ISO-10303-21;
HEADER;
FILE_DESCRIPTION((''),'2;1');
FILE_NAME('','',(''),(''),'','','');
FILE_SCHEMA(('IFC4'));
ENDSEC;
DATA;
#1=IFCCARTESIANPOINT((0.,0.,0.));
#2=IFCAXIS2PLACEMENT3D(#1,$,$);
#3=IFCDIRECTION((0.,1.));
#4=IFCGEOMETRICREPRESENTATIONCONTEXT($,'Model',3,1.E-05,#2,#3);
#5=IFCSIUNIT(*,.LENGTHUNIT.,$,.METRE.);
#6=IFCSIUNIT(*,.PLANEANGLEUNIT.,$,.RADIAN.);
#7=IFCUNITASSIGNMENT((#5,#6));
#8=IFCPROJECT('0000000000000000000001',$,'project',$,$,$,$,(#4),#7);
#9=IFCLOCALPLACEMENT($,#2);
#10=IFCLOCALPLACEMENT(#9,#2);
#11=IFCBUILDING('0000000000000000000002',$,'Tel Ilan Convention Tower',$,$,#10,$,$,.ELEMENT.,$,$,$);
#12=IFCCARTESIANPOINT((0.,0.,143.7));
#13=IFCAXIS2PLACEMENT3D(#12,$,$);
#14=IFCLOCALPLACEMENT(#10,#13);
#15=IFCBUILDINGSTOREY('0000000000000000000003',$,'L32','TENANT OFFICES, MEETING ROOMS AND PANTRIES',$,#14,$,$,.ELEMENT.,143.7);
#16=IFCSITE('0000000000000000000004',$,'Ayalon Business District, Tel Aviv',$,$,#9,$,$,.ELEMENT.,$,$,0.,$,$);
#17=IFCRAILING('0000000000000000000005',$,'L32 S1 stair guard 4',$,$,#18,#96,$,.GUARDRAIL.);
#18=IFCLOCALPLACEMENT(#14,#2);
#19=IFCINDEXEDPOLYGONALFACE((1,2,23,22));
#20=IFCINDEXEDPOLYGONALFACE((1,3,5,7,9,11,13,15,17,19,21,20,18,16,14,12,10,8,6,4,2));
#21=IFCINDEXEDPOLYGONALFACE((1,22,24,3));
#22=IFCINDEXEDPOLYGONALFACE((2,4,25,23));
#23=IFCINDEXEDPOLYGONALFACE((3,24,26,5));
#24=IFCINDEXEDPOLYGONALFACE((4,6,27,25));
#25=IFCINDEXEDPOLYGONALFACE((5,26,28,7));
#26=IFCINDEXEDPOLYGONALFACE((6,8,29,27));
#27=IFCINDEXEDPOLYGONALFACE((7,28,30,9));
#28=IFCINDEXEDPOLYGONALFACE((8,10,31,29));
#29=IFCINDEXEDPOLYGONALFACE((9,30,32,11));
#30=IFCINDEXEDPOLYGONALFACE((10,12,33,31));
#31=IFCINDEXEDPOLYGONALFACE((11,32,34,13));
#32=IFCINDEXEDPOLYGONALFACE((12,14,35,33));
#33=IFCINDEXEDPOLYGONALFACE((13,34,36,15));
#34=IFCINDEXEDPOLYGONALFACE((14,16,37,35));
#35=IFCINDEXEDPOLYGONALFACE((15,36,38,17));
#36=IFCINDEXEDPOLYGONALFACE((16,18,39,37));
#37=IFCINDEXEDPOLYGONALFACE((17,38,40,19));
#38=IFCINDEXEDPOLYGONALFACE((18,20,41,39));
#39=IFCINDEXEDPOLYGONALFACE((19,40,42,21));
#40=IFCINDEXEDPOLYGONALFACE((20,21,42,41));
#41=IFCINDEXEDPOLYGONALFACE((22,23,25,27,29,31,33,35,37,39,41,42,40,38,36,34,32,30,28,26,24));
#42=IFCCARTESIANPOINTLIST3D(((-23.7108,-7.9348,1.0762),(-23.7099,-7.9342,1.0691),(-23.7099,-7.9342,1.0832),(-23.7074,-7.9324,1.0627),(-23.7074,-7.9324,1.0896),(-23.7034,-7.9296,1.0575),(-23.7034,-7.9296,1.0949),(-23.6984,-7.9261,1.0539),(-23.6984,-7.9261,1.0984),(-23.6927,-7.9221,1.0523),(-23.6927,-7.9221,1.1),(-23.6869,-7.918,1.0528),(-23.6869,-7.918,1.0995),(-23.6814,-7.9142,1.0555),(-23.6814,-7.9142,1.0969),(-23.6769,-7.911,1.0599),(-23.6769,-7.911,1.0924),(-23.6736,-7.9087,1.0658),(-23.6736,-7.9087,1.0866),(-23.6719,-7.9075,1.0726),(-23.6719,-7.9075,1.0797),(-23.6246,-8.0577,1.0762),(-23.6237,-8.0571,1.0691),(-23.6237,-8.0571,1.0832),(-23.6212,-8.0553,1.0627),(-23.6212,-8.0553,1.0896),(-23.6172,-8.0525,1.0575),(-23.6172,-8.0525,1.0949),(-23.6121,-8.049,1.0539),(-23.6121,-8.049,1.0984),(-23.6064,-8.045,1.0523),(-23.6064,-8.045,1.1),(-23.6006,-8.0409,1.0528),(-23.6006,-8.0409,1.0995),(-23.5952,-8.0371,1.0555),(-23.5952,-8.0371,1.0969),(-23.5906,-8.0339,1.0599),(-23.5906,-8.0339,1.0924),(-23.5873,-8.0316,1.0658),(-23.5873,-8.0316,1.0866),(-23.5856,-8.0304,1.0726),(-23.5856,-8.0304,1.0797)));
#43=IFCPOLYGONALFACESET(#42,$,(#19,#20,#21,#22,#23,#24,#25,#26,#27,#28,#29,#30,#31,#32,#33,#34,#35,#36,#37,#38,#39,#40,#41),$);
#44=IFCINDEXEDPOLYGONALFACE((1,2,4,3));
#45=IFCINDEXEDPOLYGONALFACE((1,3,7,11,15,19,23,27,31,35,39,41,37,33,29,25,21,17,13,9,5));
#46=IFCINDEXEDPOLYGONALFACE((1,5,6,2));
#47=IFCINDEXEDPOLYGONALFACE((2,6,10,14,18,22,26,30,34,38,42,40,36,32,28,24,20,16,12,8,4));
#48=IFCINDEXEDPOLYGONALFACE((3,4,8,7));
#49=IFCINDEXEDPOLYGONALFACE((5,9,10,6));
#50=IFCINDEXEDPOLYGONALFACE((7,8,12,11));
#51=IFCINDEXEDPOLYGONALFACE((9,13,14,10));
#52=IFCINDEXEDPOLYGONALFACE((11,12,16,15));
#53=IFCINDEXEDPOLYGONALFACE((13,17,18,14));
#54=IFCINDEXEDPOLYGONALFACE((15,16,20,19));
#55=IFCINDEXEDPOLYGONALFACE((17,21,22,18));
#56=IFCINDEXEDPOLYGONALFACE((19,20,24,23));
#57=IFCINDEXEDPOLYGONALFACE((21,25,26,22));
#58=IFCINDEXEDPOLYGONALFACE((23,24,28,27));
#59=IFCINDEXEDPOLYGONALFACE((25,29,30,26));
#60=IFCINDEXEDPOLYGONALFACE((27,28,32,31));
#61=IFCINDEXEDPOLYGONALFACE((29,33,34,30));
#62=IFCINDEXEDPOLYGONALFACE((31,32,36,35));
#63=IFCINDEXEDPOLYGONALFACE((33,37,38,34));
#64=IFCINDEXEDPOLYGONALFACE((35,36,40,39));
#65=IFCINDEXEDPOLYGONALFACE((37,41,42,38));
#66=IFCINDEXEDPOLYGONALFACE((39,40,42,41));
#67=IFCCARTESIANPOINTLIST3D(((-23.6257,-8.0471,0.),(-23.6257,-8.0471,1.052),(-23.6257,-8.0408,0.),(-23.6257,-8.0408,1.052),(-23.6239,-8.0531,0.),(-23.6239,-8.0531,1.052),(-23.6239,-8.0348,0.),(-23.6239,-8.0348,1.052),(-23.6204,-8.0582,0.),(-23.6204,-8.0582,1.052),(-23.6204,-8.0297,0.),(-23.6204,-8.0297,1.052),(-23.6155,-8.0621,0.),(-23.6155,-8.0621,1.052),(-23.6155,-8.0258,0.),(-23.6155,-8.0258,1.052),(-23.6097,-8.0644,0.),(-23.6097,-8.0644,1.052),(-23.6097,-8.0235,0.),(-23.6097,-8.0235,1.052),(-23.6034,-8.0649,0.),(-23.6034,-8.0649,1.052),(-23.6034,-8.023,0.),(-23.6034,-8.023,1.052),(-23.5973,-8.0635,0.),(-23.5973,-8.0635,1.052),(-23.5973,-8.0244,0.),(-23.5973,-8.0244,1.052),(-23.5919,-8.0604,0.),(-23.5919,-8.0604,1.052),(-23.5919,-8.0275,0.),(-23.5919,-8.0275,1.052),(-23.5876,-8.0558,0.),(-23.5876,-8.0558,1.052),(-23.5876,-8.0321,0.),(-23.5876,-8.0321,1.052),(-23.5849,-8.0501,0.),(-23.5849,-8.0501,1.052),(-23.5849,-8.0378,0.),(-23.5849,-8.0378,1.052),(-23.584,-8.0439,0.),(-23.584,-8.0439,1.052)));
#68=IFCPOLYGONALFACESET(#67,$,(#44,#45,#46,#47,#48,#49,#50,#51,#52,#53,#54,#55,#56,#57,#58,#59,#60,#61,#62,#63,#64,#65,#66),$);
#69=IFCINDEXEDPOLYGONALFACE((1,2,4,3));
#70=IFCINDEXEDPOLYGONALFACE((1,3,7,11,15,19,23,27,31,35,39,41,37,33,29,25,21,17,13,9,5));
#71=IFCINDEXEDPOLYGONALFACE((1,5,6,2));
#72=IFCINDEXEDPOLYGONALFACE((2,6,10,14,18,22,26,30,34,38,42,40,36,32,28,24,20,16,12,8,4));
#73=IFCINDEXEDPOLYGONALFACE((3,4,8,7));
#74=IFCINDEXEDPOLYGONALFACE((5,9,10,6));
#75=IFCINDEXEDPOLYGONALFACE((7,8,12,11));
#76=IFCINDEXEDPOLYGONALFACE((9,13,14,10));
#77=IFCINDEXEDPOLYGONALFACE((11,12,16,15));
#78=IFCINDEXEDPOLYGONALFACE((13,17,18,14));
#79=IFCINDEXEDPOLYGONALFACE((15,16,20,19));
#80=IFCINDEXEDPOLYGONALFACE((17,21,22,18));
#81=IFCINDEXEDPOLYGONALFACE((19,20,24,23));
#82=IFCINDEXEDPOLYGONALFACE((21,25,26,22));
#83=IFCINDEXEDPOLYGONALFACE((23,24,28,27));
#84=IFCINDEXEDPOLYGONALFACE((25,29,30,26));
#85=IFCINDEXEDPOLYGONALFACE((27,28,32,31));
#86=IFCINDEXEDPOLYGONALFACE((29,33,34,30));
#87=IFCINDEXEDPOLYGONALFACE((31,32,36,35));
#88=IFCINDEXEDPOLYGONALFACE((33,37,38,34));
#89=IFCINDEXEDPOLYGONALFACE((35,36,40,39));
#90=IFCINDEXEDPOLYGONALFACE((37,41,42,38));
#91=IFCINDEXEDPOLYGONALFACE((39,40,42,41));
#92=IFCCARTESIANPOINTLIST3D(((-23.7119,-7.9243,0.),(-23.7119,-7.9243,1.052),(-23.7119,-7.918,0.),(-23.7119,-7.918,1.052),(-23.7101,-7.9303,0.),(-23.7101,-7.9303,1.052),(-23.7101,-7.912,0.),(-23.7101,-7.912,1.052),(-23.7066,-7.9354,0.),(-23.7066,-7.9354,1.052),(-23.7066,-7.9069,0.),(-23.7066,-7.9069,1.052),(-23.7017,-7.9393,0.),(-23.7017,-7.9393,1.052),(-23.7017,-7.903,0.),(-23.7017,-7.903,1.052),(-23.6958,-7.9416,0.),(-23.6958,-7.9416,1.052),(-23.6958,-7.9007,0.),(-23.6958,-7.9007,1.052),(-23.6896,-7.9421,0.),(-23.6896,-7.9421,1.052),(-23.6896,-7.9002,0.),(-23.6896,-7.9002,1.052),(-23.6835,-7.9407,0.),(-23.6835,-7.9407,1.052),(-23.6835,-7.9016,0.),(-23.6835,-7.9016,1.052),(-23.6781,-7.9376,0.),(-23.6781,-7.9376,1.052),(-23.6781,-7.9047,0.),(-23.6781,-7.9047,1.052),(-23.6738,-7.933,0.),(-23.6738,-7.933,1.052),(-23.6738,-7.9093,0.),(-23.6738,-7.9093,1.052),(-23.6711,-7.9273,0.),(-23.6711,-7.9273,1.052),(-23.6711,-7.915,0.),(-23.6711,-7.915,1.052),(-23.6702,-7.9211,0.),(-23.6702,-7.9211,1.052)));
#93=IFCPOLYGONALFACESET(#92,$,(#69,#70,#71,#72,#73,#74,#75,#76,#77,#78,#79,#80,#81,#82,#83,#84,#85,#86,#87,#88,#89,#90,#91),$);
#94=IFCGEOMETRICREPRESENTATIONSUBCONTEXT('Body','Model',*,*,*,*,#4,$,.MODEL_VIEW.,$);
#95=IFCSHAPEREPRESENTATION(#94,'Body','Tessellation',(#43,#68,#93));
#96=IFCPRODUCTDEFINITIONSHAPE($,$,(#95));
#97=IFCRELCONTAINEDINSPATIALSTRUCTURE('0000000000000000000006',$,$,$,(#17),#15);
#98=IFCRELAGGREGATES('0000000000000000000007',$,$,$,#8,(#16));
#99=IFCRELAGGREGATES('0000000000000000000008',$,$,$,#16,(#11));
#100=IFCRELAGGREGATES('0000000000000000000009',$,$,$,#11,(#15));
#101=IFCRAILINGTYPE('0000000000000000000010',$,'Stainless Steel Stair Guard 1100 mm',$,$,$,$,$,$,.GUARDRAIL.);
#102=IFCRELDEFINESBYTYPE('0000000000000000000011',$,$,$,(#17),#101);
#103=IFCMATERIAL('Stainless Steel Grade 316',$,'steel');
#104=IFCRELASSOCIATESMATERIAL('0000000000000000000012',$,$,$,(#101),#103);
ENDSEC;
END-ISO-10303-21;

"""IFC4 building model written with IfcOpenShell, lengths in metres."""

from ifc_helpers import new_model, si_unit, direction, frame, origin, origin_2d, place, context, subcontext, project, spatial, circle, extrude, material, type_object, element, save


model = new_model("IFC4")

# Units and contexts
model_context = context("Model", 3, precision=1e-05, world=origin(), true_north=direction((0.0, 1.0)))
body_context = subcontext(model_context, "Body", "Model", "MODEL_VIEW")
ifc_project = project(units=[si_unit("LENGTHUNIT", "METRE"), si_unit("PLANEANGLEUNIT", "RADIAN")], contexts=[model_context])

# Site, building, storey
site_placement = place(None, origin())
site = spatial("IfcSite", under=ifc_project, at=site_placement, Name="Ayalon Business District, Tel Aviv", CompositionType="ELEMENT", RefElevation=0.0)
building_placement = place(site_placement, origin())
building = spatial("IfcBuilding", under=site, at=building_placement, Name="Tel Ilan Convention Tower", CompositionType="ELEMENT")
storey_placement = place(building_placement, frame((0.0, 0.0, 143.7)))
storey = spatial("IfcBuildingStorey", under=building, at=storey_placement, Name="L32", Description="TENANT OFFICES, MEETING ROOMS AND PANTRIES", CompositionType="ELEMENT", Elevation=143.7)

# Railing
ifc_material_1 = material(Name="Stainless Steel Grade 316", Category="steel")
railing_type_1 = type_object("IfcRailingType", Name="Stainless Steel Stair Guard 1100 mm", PredefinedType="GUARDRAIL", material=ifc_material_1)
railing_1_placement = place(storey_placement, frame((-23.605, -8.0439, 0.0)))
element("IfcRailing", 1, at=railing_1_placement, inside=storey, type_object=railing_type_1, Name="L32 S1 stair guard 4", PredefinedType="GUARDRAIL", context=body_context, shape_type="SweptSolid", body=[
    extrude(circle(Radius=0.0239, at=origin_2d()), frame((0.0, 0.0, 1.0762), z_axis=(-0.574445, 0.818543, 0.0), x_axis=(-0.818543, -0.574445, 0.0)), (0.0, 0.0, 1.0), 0.1501),
    extrude(circle(Radius=0.021, at=origin_2d()), origin(), (0.0, 0.0, 1.0), 1.052),
    extrude(circle(Radius=0.021, at=origin_2d()), frame((-0.0862, 0.1228, 0.0)), (0.0, 0.0, 1.0), 1.052),
])

save(model, "model.ifc")
